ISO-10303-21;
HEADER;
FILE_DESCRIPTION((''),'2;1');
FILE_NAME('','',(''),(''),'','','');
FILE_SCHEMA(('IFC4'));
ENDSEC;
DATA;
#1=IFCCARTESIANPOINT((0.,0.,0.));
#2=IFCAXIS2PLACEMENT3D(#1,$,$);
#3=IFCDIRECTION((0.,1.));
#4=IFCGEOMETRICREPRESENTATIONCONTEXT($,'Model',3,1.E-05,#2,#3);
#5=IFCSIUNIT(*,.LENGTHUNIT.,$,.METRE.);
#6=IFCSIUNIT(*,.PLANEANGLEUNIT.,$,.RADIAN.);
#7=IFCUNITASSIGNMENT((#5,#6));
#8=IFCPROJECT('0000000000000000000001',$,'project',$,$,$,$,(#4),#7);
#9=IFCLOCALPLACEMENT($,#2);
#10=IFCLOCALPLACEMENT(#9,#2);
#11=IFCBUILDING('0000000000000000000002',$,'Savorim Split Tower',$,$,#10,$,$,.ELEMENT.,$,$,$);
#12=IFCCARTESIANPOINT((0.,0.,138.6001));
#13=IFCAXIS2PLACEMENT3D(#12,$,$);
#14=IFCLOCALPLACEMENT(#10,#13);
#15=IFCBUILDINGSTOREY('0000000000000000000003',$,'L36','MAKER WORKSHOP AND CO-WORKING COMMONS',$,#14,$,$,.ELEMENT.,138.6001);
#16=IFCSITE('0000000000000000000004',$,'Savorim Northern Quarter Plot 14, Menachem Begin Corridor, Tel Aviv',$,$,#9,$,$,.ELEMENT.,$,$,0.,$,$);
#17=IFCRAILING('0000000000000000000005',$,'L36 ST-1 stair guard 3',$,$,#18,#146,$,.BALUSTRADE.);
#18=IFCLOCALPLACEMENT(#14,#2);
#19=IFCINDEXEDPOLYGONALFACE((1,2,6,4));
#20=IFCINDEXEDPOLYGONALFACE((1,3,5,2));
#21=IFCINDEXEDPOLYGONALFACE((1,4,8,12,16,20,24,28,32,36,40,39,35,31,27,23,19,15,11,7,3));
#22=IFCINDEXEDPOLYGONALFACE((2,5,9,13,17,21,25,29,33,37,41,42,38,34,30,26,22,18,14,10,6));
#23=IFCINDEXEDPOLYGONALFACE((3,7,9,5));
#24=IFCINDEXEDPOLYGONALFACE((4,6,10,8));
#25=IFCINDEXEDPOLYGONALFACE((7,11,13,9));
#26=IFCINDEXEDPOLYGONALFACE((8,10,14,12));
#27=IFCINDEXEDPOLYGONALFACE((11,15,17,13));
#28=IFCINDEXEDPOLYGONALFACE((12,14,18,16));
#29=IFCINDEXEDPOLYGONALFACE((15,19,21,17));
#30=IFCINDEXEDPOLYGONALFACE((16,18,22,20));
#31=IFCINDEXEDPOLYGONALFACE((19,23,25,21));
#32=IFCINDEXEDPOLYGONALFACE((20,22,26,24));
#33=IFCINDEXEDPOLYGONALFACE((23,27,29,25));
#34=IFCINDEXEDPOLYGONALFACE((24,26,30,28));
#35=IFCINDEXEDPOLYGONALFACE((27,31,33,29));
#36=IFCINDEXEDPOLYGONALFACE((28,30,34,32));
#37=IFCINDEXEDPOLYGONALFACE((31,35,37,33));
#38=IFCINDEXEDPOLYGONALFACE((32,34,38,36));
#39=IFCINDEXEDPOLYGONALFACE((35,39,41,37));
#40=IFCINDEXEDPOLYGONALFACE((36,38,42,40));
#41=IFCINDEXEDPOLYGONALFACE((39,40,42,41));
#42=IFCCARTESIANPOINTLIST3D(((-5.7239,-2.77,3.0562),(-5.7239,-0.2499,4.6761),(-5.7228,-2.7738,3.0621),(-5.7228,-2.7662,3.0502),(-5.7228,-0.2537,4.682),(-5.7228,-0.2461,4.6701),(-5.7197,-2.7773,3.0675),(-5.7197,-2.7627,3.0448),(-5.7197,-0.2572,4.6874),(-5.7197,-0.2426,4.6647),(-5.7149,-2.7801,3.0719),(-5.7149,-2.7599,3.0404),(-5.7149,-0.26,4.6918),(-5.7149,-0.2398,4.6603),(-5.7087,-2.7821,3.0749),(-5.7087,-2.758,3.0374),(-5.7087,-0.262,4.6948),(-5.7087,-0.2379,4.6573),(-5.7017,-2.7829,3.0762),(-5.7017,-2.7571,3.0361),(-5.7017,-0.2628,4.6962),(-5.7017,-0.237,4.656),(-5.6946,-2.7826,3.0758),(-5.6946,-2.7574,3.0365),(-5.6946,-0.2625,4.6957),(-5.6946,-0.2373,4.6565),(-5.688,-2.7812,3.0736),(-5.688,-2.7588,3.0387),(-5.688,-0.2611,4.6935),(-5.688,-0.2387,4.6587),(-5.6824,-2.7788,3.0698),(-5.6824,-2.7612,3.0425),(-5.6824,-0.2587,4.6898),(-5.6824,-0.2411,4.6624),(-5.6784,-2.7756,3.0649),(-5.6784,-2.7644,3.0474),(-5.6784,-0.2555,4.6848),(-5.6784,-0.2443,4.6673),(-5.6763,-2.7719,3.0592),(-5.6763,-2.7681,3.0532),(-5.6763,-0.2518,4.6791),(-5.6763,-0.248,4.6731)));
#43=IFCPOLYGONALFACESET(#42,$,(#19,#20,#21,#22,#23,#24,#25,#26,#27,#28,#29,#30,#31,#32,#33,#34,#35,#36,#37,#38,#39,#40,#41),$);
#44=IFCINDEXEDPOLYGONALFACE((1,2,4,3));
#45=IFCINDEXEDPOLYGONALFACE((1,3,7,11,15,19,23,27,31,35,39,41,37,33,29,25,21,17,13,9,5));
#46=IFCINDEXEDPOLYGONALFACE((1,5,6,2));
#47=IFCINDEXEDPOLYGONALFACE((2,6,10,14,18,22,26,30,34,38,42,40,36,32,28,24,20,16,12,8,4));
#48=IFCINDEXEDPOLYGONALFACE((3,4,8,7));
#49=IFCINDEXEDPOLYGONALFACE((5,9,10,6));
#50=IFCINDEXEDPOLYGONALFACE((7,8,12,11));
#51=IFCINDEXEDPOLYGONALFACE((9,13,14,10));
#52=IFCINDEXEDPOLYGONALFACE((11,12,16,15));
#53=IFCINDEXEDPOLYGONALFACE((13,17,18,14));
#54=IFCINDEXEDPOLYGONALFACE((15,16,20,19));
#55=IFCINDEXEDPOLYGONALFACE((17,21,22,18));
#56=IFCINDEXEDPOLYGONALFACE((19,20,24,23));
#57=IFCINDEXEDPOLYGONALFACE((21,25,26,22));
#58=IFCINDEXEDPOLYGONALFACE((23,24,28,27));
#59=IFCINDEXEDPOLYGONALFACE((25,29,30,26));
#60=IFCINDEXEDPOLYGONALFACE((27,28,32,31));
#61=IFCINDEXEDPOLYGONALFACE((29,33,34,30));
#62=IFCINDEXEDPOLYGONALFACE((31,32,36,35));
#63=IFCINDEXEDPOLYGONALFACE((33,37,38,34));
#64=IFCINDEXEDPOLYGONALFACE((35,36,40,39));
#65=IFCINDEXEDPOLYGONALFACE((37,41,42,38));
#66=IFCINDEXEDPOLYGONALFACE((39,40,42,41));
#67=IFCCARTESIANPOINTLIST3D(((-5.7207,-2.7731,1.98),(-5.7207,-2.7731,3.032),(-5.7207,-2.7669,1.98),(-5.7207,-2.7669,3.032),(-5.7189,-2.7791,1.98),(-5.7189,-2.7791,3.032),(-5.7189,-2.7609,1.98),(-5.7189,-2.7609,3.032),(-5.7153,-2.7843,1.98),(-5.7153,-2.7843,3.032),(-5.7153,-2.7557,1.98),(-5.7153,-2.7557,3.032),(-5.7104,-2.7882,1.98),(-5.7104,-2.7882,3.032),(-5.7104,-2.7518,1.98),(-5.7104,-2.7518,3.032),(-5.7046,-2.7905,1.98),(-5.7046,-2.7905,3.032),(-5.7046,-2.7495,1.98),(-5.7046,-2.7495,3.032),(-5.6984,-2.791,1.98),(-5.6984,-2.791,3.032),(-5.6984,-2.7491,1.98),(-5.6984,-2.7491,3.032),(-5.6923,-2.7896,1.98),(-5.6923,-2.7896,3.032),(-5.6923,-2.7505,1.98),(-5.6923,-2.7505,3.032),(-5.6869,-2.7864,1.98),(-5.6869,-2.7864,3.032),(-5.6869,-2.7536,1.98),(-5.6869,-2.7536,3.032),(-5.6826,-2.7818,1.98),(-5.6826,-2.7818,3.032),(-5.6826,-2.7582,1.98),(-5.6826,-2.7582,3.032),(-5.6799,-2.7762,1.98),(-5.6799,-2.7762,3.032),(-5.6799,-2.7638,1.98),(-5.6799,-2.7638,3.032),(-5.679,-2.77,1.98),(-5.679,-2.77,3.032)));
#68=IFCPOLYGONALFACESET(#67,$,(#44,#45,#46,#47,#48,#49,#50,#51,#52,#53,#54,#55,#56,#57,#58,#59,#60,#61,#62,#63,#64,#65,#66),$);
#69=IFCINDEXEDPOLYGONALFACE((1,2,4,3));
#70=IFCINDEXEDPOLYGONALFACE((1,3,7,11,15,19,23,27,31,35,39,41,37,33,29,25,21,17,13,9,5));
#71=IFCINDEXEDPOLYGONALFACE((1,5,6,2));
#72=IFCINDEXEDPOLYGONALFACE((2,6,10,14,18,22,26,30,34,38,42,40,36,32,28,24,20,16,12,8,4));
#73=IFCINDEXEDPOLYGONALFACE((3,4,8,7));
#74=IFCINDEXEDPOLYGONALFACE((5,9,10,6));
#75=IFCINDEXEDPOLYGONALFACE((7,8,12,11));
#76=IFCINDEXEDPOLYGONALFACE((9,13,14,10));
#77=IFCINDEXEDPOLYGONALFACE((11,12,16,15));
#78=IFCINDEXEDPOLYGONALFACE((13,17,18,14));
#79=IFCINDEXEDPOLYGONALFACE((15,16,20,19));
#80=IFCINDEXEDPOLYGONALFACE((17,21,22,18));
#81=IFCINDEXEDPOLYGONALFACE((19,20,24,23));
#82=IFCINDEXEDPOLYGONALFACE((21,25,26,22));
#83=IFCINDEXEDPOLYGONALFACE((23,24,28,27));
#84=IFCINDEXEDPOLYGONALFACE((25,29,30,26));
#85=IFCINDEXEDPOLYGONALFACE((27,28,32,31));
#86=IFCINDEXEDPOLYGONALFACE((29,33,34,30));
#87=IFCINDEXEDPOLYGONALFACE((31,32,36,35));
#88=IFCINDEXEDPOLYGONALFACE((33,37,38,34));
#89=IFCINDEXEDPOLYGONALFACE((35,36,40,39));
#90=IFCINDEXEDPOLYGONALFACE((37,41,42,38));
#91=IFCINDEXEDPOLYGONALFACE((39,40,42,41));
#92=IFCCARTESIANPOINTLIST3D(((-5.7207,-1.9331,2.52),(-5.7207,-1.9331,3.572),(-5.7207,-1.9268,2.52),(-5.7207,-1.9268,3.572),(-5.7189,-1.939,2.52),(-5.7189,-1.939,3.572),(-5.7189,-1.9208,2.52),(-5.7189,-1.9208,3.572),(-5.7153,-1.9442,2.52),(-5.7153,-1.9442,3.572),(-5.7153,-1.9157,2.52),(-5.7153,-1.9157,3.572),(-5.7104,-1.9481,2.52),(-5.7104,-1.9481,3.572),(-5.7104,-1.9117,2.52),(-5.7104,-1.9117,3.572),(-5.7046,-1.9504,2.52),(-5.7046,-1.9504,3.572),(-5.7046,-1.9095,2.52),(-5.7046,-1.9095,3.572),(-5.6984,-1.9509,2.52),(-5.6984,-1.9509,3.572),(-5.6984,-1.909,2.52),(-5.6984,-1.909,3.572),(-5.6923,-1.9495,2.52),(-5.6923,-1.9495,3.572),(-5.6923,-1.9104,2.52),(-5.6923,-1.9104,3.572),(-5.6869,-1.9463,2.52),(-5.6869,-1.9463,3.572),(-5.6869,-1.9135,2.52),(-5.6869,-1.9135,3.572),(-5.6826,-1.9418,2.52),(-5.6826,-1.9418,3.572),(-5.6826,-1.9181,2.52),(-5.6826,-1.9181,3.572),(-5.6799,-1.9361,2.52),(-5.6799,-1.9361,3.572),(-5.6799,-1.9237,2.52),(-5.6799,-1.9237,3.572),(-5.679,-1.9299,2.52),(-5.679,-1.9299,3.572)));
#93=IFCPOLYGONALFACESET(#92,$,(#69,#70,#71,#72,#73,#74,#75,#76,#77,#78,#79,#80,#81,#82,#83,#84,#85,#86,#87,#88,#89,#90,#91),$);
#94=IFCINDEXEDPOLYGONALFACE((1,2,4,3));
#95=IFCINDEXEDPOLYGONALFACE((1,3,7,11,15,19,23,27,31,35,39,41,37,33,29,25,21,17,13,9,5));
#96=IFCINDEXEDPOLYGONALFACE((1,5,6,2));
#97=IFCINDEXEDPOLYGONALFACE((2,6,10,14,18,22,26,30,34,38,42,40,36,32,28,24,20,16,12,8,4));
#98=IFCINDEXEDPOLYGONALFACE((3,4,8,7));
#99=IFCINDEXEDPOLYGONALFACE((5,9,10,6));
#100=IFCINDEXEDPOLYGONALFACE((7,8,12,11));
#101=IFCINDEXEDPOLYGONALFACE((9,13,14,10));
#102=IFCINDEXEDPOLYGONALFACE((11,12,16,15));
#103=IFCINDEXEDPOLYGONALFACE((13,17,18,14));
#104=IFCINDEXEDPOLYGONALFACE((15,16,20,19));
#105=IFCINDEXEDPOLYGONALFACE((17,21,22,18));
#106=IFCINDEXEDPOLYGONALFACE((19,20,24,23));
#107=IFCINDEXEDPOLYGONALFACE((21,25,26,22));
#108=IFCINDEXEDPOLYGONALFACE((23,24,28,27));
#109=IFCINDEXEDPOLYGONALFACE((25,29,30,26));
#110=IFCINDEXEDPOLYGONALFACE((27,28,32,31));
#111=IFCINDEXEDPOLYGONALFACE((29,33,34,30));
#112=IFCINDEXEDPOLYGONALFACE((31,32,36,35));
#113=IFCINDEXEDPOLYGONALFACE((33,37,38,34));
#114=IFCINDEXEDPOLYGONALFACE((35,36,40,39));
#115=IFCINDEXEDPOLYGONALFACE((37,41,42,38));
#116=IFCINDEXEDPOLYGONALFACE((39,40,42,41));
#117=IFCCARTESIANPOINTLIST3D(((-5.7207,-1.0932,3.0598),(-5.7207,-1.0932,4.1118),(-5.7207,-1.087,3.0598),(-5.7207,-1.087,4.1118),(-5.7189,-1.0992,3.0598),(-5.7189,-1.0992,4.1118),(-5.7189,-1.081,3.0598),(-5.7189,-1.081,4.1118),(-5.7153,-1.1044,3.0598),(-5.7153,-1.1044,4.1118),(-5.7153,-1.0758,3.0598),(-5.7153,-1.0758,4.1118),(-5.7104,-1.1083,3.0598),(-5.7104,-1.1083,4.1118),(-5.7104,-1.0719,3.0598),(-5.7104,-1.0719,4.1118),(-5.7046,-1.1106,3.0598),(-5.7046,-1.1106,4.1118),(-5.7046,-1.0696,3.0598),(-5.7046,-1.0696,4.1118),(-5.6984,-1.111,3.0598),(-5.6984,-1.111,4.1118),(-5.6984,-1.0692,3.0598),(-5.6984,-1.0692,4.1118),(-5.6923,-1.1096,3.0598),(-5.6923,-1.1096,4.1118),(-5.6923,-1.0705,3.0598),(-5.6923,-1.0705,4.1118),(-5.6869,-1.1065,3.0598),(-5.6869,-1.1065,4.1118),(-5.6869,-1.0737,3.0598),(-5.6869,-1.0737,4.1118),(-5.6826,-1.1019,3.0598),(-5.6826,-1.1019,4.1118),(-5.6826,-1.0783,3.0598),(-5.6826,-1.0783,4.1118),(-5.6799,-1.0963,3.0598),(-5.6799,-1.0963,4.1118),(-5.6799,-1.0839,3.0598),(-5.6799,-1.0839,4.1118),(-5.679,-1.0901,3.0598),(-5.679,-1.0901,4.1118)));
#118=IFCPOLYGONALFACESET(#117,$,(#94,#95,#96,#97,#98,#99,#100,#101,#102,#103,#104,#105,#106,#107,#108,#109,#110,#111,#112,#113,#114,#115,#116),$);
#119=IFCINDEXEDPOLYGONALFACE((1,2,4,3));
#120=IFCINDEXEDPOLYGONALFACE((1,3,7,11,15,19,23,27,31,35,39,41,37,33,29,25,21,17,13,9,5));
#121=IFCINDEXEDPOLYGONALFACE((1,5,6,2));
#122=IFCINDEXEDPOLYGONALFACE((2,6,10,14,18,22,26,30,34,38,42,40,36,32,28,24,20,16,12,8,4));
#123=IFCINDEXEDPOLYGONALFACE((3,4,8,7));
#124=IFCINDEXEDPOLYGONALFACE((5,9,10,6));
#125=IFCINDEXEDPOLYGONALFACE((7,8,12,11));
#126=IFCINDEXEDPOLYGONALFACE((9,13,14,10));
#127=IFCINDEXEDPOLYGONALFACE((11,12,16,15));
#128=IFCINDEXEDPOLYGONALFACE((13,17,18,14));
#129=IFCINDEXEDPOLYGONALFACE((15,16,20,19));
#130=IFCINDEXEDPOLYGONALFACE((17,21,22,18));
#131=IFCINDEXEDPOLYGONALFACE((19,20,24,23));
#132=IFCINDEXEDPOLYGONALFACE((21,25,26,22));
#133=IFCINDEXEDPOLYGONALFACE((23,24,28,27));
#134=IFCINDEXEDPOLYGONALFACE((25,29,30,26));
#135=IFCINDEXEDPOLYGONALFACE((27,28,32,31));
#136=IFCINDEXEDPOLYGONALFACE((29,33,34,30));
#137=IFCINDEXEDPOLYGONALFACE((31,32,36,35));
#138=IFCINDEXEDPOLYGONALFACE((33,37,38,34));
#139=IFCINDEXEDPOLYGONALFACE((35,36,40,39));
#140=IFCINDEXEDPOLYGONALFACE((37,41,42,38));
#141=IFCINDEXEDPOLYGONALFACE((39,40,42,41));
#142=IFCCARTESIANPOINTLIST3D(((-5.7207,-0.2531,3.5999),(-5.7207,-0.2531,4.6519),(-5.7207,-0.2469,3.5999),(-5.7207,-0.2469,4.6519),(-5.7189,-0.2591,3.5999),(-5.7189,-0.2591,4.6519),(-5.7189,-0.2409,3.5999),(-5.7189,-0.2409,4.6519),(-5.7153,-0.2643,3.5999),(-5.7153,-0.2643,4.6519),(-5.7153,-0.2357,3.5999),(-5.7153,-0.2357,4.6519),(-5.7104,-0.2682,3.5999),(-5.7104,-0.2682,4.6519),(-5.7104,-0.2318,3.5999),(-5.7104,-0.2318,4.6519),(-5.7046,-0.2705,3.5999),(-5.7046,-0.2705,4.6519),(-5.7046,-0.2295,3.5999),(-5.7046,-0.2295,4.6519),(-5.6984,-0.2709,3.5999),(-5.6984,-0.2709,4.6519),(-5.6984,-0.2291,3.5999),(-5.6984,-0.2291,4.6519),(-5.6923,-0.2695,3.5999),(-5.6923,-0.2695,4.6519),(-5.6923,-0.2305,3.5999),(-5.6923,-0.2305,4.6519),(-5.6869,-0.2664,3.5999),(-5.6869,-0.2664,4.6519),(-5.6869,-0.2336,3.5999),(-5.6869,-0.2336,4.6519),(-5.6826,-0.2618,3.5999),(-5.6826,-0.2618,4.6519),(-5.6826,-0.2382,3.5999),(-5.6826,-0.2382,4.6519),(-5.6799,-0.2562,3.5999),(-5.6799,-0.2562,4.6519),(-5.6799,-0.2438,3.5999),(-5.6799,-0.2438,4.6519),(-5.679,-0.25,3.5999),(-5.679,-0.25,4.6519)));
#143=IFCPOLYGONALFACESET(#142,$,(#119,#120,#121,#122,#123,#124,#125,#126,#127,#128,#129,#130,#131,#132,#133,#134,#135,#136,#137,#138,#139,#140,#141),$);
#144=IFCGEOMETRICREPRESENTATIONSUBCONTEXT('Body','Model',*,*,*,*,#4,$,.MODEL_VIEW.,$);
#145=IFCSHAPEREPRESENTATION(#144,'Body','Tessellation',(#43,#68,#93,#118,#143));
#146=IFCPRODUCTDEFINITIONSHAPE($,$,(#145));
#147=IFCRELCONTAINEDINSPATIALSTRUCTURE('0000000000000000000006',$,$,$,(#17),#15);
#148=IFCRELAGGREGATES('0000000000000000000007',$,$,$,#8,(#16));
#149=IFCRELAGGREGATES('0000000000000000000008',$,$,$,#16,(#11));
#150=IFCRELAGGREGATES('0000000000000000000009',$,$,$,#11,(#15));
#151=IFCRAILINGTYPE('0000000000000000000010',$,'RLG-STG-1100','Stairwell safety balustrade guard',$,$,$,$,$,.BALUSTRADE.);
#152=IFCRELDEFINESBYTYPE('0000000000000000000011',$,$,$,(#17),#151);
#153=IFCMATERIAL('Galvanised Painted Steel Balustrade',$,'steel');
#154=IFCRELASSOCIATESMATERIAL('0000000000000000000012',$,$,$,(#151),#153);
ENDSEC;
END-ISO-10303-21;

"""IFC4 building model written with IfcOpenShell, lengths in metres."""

from ifc_helpers import new_model, si_unit, direction, frame, origin, origin_2d, place, context, subcontext, project, spatial, circle, extrude, material, type_object, element, save


model = new_model("IFC4")

# Units and contexts
model_context = context("Model", 3, precision=1e-05, world=origin(), true_north=direction((0.0, 1.0)))
body_context = subcontext(model_context, "Body", "Model", "MODEL_VIEW")
ifc_project = project(units=[si_unit("LENGTHUNIT", "METRE"), si_unit("PLANEANGLEUNIT", "RADIAN")], contexts=[model_context])

# Site, building, storey
site_placement = place(None, origin())
site = spatial("IfcSite", under=ifc_project, at=site_placement, Name="Savorim Northern Quarter Plot 14, Menachem Begin Corridor, Tel Aviv", CompositionType="ELEMENT", RefElevation=0.0)
building_placement = place(site_placement, origin())
building = spatial("IfcBuilding", under=site, at=building_placement, Name="Savorim Split Tower", CompositionType="ELEMENT")
storey_placement = place(building_placement, frame((0.0, 0.0, 138.6001)))
storey = spatial("IfcBuildingStorey", under=building, at=storey_placement, Name="L36", Description="MAKER WORKSHOP AND CO-WORKING COMMONS", CompositionType="ELEMENT", Elevation=138.6001)

# Railing
ifc_material_1 = material(Name="Galvanised Painted Steel Balustrade", Category="steel")
railing_type_1 = type_object("IfcRailingType", Name="RLG-STG-1100", Description="Stairwell safety balustrade guard", PredefinedType="BALUSTRADE", material=ifc_material_1)
railing_1_placement = place(storey_placement, frame((-5.7, -2.77, 1.98)))
element("IfcRailing", 1, at=railing_1_placement, inside=storey, type_object=railing_type_1, Name="L36 ST-1 stair guard 3", PredefinedType="BALUSTRADE", context=body_context, shape_type="SweptSolid", body=[
    extrude(circle(Radius=0.0239, at=origin_2d()), frame((0.0, 0.0, 1.0762), z_axis=(0.0, 0.8412, 0.540725), x_axis=(-1.0, 0.0, 0.0)), (0.0, 0.0, 1.0), 2.9958),
    extrude(circle(Radius=0.021, at=origin_2d()), origin(), (0.0, 0.0, 1.0), 1.052),
    extrude(circle(Radius=0.021, at=origin_2d()), frame((0.0, 0.8401, 0.54)), (0.0, 0.0, 1.0), 1.052),
    extrude(circle(Radius=0.021, at=origin_2d()), frame((0.0, 1.6799, 1.0798)), (0.0, 0.0, 1.0), 1.052),
    extrude(circle(Radius=0.021, at=origin_2d()), frame((0.0, 2.52, 1.6199)), (0.0, 0.0, 1.0), 1.052),
])

save(model, "model.ifc")
